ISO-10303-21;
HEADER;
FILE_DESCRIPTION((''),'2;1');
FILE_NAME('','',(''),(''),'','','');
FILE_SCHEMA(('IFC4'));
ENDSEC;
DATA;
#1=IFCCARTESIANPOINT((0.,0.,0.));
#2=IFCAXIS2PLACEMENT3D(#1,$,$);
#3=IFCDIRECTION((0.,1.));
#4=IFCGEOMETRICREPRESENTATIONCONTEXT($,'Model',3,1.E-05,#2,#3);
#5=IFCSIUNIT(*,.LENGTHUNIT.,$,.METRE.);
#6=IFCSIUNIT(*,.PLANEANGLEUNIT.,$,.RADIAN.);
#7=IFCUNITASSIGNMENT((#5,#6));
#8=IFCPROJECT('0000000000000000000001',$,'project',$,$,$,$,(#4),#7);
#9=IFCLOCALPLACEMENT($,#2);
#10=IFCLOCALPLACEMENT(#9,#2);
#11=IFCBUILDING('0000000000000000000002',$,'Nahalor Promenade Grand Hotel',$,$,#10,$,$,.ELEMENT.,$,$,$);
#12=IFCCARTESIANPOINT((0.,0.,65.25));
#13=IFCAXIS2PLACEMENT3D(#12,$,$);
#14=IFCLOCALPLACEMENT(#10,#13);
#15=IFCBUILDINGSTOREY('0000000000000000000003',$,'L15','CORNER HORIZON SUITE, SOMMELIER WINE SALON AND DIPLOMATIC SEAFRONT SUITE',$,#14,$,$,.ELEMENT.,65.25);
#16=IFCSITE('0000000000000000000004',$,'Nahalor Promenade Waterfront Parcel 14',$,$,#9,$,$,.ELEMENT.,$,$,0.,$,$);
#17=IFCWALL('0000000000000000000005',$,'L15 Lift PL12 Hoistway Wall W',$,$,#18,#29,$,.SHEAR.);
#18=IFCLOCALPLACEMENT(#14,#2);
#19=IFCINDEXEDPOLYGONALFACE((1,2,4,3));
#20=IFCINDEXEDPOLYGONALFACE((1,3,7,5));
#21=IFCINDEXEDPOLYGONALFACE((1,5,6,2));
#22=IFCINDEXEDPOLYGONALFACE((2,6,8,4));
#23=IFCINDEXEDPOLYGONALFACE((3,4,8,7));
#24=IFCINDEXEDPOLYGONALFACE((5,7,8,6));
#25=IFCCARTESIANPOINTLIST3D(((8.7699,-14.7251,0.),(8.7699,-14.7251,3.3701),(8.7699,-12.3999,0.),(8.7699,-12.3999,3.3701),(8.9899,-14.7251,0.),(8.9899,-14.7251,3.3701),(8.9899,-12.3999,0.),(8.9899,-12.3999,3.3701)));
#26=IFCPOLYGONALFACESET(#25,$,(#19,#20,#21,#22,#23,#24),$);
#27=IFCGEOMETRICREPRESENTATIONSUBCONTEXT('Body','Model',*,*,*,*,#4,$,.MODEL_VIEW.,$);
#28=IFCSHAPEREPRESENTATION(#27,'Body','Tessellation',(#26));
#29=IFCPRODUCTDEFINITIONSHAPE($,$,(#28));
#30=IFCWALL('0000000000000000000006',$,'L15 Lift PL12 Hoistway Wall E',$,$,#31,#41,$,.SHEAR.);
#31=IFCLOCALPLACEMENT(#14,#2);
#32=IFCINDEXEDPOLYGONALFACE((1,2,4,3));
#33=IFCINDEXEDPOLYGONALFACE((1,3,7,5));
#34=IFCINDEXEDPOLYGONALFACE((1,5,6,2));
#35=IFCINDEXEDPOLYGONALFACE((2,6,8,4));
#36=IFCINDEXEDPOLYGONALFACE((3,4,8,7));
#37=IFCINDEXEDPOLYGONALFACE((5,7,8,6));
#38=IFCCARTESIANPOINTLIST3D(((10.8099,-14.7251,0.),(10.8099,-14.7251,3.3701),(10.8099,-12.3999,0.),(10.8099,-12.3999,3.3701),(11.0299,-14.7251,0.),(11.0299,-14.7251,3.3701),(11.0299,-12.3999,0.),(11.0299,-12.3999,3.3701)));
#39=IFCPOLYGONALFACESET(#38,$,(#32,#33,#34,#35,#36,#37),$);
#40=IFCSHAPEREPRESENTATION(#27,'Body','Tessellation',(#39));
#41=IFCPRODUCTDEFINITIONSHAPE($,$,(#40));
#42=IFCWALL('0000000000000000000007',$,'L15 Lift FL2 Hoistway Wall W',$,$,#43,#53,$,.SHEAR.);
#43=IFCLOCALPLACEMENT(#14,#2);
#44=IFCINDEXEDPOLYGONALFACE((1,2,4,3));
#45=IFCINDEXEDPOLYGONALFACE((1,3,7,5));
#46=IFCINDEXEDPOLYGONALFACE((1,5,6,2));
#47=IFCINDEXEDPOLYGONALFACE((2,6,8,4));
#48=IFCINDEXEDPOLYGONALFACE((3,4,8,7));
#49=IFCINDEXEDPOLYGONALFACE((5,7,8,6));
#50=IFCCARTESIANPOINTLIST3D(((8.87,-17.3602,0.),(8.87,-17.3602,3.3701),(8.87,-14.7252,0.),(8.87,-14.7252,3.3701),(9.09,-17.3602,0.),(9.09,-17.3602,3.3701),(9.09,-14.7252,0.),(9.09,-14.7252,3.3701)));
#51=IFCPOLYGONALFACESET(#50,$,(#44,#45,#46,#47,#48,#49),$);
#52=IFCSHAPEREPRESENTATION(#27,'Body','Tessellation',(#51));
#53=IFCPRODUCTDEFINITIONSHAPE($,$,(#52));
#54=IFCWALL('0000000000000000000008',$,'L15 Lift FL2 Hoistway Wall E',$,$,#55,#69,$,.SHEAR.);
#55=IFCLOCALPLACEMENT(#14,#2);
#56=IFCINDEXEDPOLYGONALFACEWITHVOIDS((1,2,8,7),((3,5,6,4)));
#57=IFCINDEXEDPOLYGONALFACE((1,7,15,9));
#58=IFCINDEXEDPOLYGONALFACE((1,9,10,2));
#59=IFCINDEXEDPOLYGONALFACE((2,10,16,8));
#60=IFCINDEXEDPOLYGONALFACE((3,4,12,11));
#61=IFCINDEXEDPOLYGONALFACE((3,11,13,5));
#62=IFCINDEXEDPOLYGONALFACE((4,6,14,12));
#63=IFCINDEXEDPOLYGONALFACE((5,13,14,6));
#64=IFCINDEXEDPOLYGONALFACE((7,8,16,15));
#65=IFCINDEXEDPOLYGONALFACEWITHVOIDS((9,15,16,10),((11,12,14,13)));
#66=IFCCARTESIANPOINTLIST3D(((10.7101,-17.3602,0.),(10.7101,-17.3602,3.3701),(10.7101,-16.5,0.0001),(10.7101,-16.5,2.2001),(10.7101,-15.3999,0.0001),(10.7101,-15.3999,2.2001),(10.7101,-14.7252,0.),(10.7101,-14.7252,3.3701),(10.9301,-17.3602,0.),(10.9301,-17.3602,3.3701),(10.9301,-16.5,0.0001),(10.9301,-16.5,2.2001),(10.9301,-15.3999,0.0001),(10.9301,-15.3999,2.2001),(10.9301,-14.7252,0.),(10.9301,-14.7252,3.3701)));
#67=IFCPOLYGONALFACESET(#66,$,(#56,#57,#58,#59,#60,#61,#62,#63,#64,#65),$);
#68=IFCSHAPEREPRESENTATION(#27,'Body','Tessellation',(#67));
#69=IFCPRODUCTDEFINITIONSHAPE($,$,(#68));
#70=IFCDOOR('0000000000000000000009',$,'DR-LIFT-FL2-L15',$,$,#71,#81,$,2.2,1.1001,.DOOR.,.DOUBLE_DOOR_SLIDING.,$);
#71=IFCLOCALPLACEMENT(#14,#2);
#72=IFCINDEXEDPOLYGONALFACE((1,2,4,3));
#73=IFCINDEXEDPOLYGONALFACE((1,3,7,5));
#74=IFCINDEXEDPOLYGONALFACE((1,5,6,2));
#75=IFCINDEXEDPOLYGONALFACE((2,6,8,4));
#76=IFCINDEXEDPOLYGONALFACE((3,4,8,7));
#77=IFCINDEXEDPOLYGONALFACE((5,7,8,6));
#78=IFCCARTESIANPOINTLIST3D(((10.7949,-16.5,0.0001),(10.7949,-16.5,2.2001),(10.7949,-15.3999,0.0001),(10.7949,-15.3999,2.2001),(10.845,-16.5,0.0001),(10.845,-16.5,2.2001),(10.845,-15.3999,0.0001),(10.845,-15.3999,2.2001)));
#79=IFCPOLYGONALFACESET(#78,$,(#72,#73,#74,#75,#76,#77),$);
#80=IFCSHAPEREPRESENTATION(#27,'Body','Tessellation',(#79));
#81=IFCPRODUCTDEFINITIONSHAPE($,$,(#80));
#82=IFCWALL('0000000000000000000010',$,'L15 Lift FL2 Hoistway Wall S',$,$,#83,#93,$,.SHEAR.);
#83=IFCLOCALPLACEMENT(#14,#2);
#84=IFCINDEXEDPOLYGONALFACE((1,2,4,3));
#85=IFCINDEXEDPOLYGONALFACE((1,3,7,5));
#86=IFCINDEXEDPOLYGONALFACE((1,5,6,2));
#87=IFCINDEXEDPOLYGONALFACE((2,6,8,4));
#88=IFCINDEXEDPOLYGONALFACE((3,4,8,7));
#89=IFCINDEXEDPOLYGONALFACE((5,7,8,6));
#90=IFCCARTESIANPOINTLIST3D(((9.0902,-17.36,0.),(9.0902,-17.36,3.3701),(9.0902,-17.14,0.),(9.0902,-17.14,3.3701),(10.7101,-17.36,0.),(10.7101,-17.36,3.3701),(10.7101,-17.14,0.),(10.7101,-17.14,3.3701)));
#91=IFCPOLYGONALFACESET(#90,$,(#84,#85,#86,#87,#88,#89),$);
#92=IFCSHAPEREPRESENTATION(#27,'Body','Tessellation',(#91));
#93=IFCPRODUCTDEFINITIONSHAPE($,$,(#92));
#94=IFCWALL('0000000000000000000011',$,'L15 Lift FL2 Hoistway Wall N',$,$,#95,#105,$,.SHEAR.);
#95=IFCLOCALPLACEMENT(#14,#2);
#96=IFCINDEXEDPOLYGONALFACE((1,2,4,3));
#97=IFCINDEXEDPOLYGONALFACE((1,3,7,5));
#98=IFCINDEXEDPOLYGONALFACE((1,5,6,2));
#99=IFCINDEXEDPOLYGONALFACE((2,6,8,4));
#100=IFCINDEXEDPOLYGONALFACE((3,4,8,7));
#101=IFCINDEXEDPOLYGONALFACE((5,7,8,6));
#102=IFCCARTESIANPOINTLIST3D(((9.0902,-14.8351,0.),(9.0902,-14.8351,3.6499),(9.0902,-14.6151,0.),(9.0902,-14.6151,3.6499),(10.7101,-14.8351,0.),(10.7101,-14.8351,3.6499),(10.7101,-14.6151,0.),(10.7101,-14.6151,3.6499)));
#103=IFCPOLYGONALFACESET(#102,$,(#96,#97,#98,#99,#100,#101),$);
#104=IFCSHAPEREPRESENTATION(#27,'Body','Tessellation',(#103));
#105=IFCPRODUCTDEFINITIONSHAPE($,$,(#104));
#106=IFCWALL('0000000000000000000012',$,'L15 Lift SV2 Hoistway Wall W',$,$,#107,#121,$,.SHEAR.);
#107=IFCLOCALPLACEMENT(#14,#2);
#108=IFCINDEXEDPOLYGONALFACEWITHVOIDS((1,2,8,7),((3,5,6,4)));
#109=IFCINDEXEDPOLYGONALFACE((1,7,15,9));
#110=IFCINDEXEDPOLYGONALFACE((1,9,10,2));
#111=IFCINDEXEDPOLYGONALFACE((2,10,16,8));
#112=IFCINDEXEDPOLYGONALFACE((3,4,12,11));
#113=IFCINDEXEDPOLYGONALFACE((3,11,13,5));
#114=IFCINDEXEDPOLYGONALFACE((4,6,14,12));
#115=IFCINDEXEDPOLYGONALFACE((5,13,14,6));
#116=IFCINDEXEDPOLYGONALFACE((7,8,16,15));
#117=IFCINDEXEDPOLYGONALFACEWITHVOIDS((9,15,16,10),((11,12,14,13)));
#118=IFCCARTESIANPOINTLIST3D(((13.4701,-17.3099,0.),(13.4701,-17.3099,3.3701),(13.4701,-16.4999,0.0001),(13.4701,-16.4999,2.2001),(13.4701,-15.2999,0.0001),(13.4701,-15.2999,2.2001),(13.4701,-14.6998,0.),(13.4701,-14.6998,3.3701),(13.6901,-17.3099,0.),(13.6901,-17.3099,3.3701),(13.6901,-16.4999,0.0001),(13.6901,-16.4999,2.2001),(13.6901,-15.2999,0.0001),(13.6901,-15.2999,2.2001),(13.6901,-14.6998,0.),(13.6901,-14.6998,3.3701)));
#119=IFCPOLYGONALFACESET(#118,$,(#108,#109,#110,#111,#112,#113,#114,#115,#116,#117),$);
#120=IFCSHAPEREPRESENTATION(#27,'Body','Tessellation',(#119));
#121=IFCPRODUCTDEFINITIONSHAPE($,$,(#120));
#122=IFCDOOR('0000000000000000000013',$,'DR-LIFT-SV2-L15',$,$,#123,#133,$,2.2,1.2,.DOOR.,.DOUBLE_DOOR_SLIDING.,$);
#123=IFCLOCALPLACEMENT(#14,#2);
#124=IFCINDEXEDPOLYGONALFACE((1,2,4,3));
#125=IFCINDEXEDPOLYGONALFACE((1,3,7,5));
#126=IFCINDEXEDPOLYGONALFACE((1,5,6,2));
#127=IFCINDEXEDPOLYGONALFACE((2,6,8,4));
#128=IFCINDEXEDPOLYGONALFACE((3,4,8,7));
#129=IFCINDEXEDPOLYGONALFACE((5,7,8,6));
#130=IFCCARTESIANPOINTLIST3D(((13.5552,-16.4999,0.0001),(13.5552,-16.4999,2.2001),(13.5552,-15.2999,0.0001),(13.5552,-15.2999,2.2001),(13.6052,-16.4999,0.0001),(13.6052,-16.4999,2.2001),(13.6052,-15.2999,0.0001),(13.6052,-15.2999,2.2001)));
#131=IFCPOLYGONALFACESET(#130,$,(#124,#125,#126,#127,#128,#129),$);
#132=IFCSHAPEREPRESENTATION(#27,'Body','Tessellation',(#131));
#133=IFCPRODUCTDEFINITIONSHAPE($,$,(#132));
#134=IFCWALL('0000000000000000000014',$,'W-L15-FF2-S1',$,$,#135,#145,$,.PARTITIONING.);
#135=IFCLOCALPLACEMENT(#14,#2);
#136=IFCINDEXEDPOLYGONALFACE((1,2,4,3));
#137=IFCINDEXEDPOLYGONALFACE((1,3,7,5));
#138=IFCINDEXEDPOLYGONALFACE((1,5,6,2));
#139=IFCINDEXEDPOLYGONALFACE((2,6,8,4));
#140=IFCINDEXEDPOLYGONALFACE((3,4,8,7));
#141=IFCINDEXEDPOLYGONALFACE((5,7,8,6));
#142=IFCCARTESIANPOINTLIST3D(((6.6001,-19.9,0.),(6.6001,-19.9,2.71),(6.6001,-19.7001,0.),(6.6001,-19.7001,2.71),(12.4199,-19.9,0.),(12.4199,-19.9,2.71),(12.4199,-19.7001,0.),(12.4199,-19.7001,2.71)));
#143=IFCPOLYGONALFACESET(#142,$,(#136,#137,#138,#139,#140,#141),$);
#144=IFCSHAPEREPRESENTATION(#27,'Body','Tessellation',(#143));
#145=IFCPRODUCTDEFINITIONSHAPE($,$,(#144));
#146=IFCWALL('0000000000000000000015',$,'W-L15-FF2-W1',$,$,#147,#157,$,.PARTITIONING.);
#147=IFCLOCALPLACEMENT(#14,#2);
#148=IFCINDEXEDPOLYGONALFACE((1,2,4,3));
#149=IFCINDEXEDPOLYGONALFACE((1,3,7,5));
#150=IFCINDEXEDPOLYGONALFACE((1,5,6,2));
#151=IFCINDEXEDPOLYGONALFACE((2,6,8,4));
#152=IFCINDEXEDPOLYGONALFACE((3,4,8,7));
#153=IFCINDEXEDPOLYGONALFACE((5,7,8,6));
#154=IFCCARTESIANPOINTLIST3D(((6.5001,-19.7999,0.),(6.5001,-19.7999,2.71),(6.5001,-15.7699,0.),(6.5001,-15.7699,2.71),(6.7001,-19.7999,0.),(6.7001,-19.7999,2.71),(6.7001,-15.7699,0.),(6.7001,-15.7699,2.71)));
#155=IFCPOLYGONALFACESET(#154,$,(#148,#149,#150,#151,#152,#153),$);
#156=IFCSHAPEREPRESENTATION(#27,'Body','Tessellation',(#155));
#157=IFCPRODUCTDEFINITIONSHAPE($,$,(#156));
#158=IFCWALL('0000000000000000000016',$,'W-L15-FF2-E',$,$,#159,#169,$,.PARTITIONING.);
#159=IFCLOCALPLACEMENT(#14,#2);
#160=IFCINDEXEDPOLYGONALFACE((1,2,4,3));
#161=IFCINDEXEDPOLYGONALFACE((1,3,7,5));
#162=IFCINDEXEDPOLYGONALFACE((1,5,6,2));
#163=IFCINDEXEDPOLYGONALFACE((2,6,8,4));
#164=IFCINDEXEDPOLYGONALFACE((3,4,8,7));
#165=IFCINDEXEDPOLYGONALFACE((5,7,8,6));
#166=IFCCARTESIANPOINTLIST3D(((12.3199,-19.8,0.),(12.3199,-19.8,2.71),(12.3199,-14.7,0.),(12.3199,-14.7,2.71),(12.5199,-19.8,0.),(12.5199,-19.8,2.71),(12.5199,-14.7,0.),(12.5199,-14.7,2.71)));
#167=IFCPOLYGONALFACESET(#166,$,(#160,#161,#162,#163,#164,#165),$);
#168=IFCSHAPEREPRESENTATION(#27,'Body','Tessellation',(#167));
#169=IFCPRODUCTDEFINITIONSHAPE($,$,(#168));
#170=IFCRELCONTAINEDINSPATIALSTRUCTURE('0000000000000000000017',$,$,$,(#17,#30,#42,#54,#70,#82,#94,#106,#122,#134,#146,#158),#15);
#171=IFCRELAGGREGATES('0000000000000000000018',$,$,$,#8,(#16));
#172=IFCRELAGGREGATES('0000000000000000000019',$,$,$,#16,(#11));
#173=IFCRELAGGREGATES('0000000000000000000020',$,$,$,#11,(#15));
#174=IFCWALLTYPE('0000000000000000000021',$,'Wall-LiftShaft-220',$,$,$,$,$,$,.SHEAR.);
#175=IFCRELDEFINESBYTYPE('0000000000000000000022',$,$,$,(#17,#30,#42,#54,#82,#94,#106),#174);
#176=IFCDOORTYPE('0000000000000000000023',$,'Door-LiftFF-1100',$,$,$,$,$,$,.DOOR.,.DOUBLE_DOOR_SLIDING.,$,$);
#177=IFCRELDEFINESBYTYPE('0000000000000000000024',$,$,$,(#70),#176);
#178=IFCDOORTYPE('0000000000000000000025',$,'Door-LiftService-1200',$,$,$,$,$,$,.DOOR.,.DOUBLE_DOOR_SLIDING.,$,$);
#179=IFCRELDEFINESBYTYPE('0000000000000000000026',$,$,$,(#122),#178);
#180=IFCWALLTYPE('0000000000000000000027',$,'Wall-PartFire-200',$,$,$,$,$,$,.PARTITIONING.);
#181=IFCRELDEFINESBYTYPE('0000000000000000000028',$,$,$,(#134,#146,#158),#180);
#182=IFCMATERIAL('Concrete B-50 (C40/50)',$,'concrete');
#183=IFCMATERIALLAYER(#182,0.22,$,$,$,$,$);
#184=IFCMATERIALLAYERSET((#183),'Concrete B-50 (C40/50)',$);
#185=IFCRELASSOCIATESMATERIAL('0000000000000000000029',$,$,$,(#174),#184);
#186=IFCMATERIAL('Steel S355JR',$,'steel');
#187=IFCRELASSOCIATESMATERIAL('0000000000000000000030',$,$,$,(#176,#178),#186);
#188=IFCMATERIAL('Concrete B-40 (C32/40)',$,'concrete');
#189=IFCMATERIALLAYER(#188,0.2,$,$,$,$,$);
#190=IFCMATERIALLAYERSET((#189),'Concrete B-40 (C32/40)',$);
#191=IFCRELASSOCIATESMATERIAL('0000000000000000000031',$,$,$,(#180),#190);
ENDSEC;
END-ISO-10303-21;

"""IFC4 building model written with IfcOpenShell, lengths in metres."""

from ifc_helpers import new_model, si_unit, direction, frame, frame_2d, origin, place, context, subcontext, project, spatial, rectangle, extrude, source, transform, mapped, material, layer, layer_set, type_object, element, fill, save


model = new_model("IFC4")

# Units and contexts
model_context = context("Model", 3, precision=1e-05, world=origin(), true_north=direction((0.0, 1.0)))
body_context = subcontext(model_context, "Body", "Model", "MODEL_VIEW")
ifc_project = project(units=[si_unit("LENGTHUNIT", "METRE"), si_unit("PLANEANGLEUNIT", "RADIAN")], contexts=[model_context])

# Site, building, storey
site_placement = place(None, origin())
site = spatial("IfcSite", under=ifc_project, at=site_placement, Name="Nahalor Promenade Waterfront Parcel 14", CompositionType="ELEMENT", RefElevation=0.0)
building_placement = place(site_placement, origin())
building = spatial("IfcBuilding", under=site, at=building_placement, Name="Nahalor Promenade Grand Hotel", CompositionType="ELEMENT")
storey_placement = place(building_placement, frame((0.0, 0.0, 65.25)))
storey = spatial("IfcBuildingStorey", under=building, at=storey_placement, Name="L15", Description="CORNER HORIZON SUITE, SOMMELIER WINE SALON AND DIPLOMATIC SEAFRONT SUITE", CompositionType="ELEMENT", Elevation=65.25)

# Shared definitions
ifc_material_1 = material(Name="Steel S355JR", Category="steel")

# Shared definitions
ifc_material_2 = material(Name="Concrete B-50 (C40/50)", Category="concrete")

# Walls
ifc_layer_1 = layer(ifc_material_2, 0.22)
ifc_layer_set_1 = layer_set([ifc_layer_1], Name="Concrete B-50 (C40/50)")
wall_type_1 = type_object("IfcWallType", Name="Wall-LiftShaft-220", PredefinedType="SHEAR", material=ifc_layer_set_1)
shared_shape_1 = source(origin(), body_context, "Body", "SweptSolid", [
    extrude(rectangle(XDim=2.3252, YDim=0.22, at=frame_2d((1.1626, 0.0))), origin(), (0.0, 0.0, 1.0), 3.3701),
])
for number, where, z_axis, x_axis, name in (
    (1, (8.8799, -14.7251, 0.0), (0.0, 0.0, 1.0), (0.0, 1.0, 0.0), "L15 Lift PL12 Hoistway Wall W"),
    (2, (10.9199, -14.7251, 0.0), (0.0, 0.0, 1.0), (0.0, 1.0, 0.0), "L15 Lift PL12 Hoistway Wall E"),
):
    element("IfcWall", number, at=place(storey_placement, frame(where, z_axis=z_axis, x_axis=x_axis)), inside=storey, type_object=wall_type_1, Name=name, PredefinedType="SHEAR", context=body_context, shape_type="MappedRepresentation", body=[
        mapped(shared_shape_1, transform((0.0, 0.0, 0.0), scale=1.0)),
    ])
shared_shape_2 = source(origin(), body_context, "Body", "SweptSolid", [
    extrude(rectangle(XDim=2.635, YDim=0.22, at=frame_2d((1.3174, 0.0))), origin(), (0.0, 0.0, 1.0), 3.3701),
])
wall_1_placement = place(storey_placement, frame((8.98, -17.3601, 0.0), z_axis=(0.0, 0.0, 1.0), x_axis=(0.0, 1.0, 0.0)))
element("IfcWall", 3, at=wall_1_placement, inside=storey, type_object=wall_type_1, Name="L15 Lift FL2 Hoistway Wall W", PredefinedType="SHEAR", context=body_context, shape_type="MappedRepresentation", body=[
    mapped(shared_shape_2, transform((0.0, 0.0, 0.0), scale=1.0)),
])

# Wall, opening, door
wall_2_placement = place(storey_placement, frame((10.8201, -17.3601, 0.0), z_axis=(0.0, 0.0, 1.0), x_axis=(0.0, 1.0, 0.0)))
wall_2 = element("IfcWall", 4, at=wall_2_placement, inside=storey, type_object=wall_type_1, Name="L15 Lift FL2 Hoistway Wall E", PredefinedType="SHEAR", context=body_context, shape_type="MappedRepresentation", body=[
    mapped(shared_shape_2, transform((0.0, 0.0, 0.0), scale=1.0)),
])
opening_1_placement = place(wall_2_placement, frame((0.8601, 0.0, 0.0)))
opening_1 = element("IfcOpeningElement", 5, at=opening_1_placement, cuts=wall_2, PredefinedType="OPENING", context=body_context, shape_type="SweptSolid", body=[
    extrude(rectangle(XDim=1.1001, YDim=2.2, at=frame_2d((0.55, 1.1001))), frame((0.0, 0.1199, 0.0), z_axis=(0.0, -1.0, 0.0), x_axis=(1.0, 0.0, 0.0)), (0.0, 0.0, 1.0), 0.24),
])
door_type_1 = type_object("IfcDoorType", Name="Door-LiftFF-1100", OperationType="DOUBLE_DOOR_SLIDING", PredefinedType="DOOR", material=ifc_material_1)
shared_shape_3 = source(origin(), body_context, "Body", "SweptSolid", [
    extrude(rectangle(XDim=1.1001, YDim=2.2, at=frame_2d((0.55, 1.1001))), frame((0.0, 0.0249, 0.0), z_axis=(0.0, -1.0, 0.0), x_axis=(1.0, 0.0, 0.0)), (0.0, 0.0, 1.0), 0.05),
])
door_1_placement = place(opening_1_placement, frame((1.1001, 0.0, 0.0), z_axis=(0.0, 0.0, 1.0), x_axis=(-1.0, 0.0, 0.0)))
door_1 = element("IfcDoor", 6, at=door_1_placement, inside=storey, type_object=door_type_1, Name="DR-LIFT-FL2-L15", OperationType="DOUBLE_DOOR_SLIDING", OverallHeight=2.2, OverallWidth=1.1001, PredefinedType="DOOR", context=body_context, shape_type="MappedRepresentation", body=[
    mapped(shared_shape_3, transform((0.0, 0.0, 0.0), scale=1.0)),
])
fill(opening_1, door_1)

# Walls
shared_shape_4 = source(origin(), body_context, "Body", "SweptSolid", [
    extrude(rectangle(XDim=1.6199, YDim=0.22, at=frame_2d((0.8101, 0.0))), origin(), (0.0, 0.0, 1.0), 3.3701),
])
wall_3_placement = place(storey_placement, frame((9.0901, -17.25, 0.0), z_axis=(0.0, 0.0, 1.0), x_axis=(1.0, 0.0, 0.0)))
element("IfcWall", 7, at=wall_3_placement, inside=storey, type_object=wall_type_1, Name="L15 Lift FL2 Hoistway Wall S", PredefinedType="SHEAR", context=body_context, shape_type="MappedRepresentation", body=[
    mapped(shared_shape_4, transform((0.0, 0.0, 0.0), scale=1.0)),
])
shared_shape_5 = source(origin(), body_context, "Body", "SweptSolid", [
    extrude(rectangle(XDim=1.6199, YDim=0.22, at=frame_2d((0.8101, 0.0))), origin(), (0.0, 0.0, 1.0), 3.6499),
])
wall_4_placement = place(storey_placement, frame((9.0901, -14.7251, 0.0), z_axis=(0.0, 0.0, 1.0), x_axis=(1.0, 0.0, 0.0)))
element("IfcWall", 8, at=wall_4_placement, inside=storey, type_object=wall_type_1, Name="L15 Lift FL2 Hoistway Wall N", PredefinedType="SHEAR", context=body_context, shape_type="MappedRepresentation", body=[
    mapped(shared_shape_5, transform((0.0, 0.0, 0.0), scale=1.0)),
])

# Wall, opening, door
shared_shape_6 = source(origin(), body_context, "Body", "SweptSolid", [
    extrude(rectangle(XDim=2.6101, YDim=0.22, at=frame_2d((1.3052, 0.0))), origin(), (0.0, 0.0, 1.0), 3.3701),
])
wall_5_placement = place(storey_placement, frame((13.5801, -17.3101, 0.0), z_axis=(0.0, 0.0, 1.0), x_axis=(0.0, 1.0, 0.0)))
wall_5 = element("IfcWall", 9, at=wall_5_placement, inside=storey, type_object=wall_type_1, Name="L15 Lift SV2 Hoistway Wall W", PredefinedType="SHEAR", context=body_context, shape_type="MappedRepresentation", body=[
    mapped(shared_shape_6, transform((0.0, 0.0, 0.0), scale=1.0)),
])
opening_2_placement = place(wall_5_placement, frame((0.8101, 0.0, 0.0)))
opening_2 = element("IfcOpeningElement", 10, at=opening_2_placement, cuts=wall_5, PredefinedType="OPENING", context=body_context, shape_type="SweptSolid", body=[
    extrude(rectangle(XDim=1.2, YDim=2.2, at=frame_2d((0.6001, 1.1001))), frame((0.0, 0.1199, 0.0), z_axis=(0.0, -1.0, 0.0), x_axis=(1.0, 0.0, 0.0)), (0.0, 0.0, 1.0), 0.24),
])
door_type_2 = type_object("IfcDoorType", Name="Door-LiftService-1200", OperationType="DOUBLE_DOOR_SLIDING", PredefinedType="DOOR", material=ifc_material_1)
shared_shape_7 = source(origin(), body_context, "Body", "SweptSolid", [
    extrude(rectangle(XDim=1.2, YDim=2.2, at=frame_2d((0.6001, 1.1001))), frame((0.0, 0.0249, 0.0), z_axis=(0.0, -1.0, 0.0), x_axis=(1.0, 0.0, 0.0)), (0.0, 0.0, 1.0), 0.05),
])
door_2_placement = place(opening_2_placement, origin())
door_2 = element("IfcDoor", 11, at=door_2_placement, inside=storey, type_object=door_type_2, Name="DR-LIFT-SV2-L15", OperationType="DOUBLE_DOOR_SLIDING", OverallHeight=2.2, OverallWidth=1.2, PredefinedType="DOOR", context=body_context, shape_type="MappedRepresentation", body=[
    mapped(shared_shape_7, transform((0.0, 0.0, 0.0), scale=1.0)),
])
fill(opening_2, door_2)

# Walls
ifc_material_3 = material(Name="Concrete B-40 (C32/40)", Category="concrete")
ifc_layer_2 = layer(ifc_material_3, 0.2)
ifc_layer_set_2 = layer_set([ifc_layer_2], Name="Concrete B-40 (C32/40)")
wall_type_2 = type_object("IfcWallType", Name="Wall-PartFire-200", PredefinedType="PARTITIONING", material=ifc_layer_set_2)
shared_shape_8 = source(origin(), body_context, "Body", "SweptSolid", [
    extrude(rectangle(XDim=5.8198, YDim=0.2, at=frame_2d((2.9099, 0.0))), origin(), (0.0, 0.0, 1.0), 2.71),
])
wall_6_placement = place(storey_placement, frame((6.6001, -19.8, 0.0), z_axis=(0.0, 0.0, 1.0), x_axis=(1.0, 0.0, 0.0)))
element("IfcWall", 12, at=wall_6_placement, inside=storey, type_object=wall_type_2, Name="W-L15-FF2-S1", PredefinedType="PARTITIONING", context=body_context, shape_type="MappedRepresentation", body=[
    mapped(shared_shape_8, transform((0.0, 0.0, 0.0), scale=1.0)),
])
shared_shape_9 = source(origin(), body_context, "Body", "SweptSolid", [
    extrude(rectangle(XDim=4.03, YDim=0.2, at=frame_2d((2.0151, 0.0))), origin(), (0.0, 0.0, 1.0), 2.71),
])
wall_7_placement = place(storey_placement, frame((6.6001, -19.8, 0.0), z_axis=(0.0, 0.0, 1.0), x_axis=(0.0, 1.0, 0.0)))
element("IfcWall", 13, at=wall_7_placement, inside=storey, type_object=wall_type_2, Name="W-L15-FF2-W1", PredefinedType="PARTITIONING", context=body_context, shape_type="MappedRepresentation", body=[
    mapped(shared_shape_9, transform((0.0, 0.0, 0.0), scale=1.0)),
])
shared_shape_10 = source(origin(), body_context, "Body", "SweptSolid", [
    extrude(rectangle(XDim=5.1001, YDim=0.2, at=frame_2d((2.55, 0.0))), origin(), (0.0, 0.0, 1.0), 2.71),
])
wall_8_placement = place(storey_placement, frame((12.4199, -19.8, 0.0), z_axis=(0.0, 0.0, 1.0), x_axis=(0.0, 1.0, 0.0)))
element("IfcWall", 14, at=wall_8_placement, inside=storey, type_object=wall_type_2, Name="W-L15-FF2-E", PredefinedType="PARTITIONING", context=body_context, shape_type="MappedRepresentation", body=[
    mapped(shared_shape_10, transform((0.0, 0.0, 0.0), scale=1.0)),
])

save(model, "model.ifc")
